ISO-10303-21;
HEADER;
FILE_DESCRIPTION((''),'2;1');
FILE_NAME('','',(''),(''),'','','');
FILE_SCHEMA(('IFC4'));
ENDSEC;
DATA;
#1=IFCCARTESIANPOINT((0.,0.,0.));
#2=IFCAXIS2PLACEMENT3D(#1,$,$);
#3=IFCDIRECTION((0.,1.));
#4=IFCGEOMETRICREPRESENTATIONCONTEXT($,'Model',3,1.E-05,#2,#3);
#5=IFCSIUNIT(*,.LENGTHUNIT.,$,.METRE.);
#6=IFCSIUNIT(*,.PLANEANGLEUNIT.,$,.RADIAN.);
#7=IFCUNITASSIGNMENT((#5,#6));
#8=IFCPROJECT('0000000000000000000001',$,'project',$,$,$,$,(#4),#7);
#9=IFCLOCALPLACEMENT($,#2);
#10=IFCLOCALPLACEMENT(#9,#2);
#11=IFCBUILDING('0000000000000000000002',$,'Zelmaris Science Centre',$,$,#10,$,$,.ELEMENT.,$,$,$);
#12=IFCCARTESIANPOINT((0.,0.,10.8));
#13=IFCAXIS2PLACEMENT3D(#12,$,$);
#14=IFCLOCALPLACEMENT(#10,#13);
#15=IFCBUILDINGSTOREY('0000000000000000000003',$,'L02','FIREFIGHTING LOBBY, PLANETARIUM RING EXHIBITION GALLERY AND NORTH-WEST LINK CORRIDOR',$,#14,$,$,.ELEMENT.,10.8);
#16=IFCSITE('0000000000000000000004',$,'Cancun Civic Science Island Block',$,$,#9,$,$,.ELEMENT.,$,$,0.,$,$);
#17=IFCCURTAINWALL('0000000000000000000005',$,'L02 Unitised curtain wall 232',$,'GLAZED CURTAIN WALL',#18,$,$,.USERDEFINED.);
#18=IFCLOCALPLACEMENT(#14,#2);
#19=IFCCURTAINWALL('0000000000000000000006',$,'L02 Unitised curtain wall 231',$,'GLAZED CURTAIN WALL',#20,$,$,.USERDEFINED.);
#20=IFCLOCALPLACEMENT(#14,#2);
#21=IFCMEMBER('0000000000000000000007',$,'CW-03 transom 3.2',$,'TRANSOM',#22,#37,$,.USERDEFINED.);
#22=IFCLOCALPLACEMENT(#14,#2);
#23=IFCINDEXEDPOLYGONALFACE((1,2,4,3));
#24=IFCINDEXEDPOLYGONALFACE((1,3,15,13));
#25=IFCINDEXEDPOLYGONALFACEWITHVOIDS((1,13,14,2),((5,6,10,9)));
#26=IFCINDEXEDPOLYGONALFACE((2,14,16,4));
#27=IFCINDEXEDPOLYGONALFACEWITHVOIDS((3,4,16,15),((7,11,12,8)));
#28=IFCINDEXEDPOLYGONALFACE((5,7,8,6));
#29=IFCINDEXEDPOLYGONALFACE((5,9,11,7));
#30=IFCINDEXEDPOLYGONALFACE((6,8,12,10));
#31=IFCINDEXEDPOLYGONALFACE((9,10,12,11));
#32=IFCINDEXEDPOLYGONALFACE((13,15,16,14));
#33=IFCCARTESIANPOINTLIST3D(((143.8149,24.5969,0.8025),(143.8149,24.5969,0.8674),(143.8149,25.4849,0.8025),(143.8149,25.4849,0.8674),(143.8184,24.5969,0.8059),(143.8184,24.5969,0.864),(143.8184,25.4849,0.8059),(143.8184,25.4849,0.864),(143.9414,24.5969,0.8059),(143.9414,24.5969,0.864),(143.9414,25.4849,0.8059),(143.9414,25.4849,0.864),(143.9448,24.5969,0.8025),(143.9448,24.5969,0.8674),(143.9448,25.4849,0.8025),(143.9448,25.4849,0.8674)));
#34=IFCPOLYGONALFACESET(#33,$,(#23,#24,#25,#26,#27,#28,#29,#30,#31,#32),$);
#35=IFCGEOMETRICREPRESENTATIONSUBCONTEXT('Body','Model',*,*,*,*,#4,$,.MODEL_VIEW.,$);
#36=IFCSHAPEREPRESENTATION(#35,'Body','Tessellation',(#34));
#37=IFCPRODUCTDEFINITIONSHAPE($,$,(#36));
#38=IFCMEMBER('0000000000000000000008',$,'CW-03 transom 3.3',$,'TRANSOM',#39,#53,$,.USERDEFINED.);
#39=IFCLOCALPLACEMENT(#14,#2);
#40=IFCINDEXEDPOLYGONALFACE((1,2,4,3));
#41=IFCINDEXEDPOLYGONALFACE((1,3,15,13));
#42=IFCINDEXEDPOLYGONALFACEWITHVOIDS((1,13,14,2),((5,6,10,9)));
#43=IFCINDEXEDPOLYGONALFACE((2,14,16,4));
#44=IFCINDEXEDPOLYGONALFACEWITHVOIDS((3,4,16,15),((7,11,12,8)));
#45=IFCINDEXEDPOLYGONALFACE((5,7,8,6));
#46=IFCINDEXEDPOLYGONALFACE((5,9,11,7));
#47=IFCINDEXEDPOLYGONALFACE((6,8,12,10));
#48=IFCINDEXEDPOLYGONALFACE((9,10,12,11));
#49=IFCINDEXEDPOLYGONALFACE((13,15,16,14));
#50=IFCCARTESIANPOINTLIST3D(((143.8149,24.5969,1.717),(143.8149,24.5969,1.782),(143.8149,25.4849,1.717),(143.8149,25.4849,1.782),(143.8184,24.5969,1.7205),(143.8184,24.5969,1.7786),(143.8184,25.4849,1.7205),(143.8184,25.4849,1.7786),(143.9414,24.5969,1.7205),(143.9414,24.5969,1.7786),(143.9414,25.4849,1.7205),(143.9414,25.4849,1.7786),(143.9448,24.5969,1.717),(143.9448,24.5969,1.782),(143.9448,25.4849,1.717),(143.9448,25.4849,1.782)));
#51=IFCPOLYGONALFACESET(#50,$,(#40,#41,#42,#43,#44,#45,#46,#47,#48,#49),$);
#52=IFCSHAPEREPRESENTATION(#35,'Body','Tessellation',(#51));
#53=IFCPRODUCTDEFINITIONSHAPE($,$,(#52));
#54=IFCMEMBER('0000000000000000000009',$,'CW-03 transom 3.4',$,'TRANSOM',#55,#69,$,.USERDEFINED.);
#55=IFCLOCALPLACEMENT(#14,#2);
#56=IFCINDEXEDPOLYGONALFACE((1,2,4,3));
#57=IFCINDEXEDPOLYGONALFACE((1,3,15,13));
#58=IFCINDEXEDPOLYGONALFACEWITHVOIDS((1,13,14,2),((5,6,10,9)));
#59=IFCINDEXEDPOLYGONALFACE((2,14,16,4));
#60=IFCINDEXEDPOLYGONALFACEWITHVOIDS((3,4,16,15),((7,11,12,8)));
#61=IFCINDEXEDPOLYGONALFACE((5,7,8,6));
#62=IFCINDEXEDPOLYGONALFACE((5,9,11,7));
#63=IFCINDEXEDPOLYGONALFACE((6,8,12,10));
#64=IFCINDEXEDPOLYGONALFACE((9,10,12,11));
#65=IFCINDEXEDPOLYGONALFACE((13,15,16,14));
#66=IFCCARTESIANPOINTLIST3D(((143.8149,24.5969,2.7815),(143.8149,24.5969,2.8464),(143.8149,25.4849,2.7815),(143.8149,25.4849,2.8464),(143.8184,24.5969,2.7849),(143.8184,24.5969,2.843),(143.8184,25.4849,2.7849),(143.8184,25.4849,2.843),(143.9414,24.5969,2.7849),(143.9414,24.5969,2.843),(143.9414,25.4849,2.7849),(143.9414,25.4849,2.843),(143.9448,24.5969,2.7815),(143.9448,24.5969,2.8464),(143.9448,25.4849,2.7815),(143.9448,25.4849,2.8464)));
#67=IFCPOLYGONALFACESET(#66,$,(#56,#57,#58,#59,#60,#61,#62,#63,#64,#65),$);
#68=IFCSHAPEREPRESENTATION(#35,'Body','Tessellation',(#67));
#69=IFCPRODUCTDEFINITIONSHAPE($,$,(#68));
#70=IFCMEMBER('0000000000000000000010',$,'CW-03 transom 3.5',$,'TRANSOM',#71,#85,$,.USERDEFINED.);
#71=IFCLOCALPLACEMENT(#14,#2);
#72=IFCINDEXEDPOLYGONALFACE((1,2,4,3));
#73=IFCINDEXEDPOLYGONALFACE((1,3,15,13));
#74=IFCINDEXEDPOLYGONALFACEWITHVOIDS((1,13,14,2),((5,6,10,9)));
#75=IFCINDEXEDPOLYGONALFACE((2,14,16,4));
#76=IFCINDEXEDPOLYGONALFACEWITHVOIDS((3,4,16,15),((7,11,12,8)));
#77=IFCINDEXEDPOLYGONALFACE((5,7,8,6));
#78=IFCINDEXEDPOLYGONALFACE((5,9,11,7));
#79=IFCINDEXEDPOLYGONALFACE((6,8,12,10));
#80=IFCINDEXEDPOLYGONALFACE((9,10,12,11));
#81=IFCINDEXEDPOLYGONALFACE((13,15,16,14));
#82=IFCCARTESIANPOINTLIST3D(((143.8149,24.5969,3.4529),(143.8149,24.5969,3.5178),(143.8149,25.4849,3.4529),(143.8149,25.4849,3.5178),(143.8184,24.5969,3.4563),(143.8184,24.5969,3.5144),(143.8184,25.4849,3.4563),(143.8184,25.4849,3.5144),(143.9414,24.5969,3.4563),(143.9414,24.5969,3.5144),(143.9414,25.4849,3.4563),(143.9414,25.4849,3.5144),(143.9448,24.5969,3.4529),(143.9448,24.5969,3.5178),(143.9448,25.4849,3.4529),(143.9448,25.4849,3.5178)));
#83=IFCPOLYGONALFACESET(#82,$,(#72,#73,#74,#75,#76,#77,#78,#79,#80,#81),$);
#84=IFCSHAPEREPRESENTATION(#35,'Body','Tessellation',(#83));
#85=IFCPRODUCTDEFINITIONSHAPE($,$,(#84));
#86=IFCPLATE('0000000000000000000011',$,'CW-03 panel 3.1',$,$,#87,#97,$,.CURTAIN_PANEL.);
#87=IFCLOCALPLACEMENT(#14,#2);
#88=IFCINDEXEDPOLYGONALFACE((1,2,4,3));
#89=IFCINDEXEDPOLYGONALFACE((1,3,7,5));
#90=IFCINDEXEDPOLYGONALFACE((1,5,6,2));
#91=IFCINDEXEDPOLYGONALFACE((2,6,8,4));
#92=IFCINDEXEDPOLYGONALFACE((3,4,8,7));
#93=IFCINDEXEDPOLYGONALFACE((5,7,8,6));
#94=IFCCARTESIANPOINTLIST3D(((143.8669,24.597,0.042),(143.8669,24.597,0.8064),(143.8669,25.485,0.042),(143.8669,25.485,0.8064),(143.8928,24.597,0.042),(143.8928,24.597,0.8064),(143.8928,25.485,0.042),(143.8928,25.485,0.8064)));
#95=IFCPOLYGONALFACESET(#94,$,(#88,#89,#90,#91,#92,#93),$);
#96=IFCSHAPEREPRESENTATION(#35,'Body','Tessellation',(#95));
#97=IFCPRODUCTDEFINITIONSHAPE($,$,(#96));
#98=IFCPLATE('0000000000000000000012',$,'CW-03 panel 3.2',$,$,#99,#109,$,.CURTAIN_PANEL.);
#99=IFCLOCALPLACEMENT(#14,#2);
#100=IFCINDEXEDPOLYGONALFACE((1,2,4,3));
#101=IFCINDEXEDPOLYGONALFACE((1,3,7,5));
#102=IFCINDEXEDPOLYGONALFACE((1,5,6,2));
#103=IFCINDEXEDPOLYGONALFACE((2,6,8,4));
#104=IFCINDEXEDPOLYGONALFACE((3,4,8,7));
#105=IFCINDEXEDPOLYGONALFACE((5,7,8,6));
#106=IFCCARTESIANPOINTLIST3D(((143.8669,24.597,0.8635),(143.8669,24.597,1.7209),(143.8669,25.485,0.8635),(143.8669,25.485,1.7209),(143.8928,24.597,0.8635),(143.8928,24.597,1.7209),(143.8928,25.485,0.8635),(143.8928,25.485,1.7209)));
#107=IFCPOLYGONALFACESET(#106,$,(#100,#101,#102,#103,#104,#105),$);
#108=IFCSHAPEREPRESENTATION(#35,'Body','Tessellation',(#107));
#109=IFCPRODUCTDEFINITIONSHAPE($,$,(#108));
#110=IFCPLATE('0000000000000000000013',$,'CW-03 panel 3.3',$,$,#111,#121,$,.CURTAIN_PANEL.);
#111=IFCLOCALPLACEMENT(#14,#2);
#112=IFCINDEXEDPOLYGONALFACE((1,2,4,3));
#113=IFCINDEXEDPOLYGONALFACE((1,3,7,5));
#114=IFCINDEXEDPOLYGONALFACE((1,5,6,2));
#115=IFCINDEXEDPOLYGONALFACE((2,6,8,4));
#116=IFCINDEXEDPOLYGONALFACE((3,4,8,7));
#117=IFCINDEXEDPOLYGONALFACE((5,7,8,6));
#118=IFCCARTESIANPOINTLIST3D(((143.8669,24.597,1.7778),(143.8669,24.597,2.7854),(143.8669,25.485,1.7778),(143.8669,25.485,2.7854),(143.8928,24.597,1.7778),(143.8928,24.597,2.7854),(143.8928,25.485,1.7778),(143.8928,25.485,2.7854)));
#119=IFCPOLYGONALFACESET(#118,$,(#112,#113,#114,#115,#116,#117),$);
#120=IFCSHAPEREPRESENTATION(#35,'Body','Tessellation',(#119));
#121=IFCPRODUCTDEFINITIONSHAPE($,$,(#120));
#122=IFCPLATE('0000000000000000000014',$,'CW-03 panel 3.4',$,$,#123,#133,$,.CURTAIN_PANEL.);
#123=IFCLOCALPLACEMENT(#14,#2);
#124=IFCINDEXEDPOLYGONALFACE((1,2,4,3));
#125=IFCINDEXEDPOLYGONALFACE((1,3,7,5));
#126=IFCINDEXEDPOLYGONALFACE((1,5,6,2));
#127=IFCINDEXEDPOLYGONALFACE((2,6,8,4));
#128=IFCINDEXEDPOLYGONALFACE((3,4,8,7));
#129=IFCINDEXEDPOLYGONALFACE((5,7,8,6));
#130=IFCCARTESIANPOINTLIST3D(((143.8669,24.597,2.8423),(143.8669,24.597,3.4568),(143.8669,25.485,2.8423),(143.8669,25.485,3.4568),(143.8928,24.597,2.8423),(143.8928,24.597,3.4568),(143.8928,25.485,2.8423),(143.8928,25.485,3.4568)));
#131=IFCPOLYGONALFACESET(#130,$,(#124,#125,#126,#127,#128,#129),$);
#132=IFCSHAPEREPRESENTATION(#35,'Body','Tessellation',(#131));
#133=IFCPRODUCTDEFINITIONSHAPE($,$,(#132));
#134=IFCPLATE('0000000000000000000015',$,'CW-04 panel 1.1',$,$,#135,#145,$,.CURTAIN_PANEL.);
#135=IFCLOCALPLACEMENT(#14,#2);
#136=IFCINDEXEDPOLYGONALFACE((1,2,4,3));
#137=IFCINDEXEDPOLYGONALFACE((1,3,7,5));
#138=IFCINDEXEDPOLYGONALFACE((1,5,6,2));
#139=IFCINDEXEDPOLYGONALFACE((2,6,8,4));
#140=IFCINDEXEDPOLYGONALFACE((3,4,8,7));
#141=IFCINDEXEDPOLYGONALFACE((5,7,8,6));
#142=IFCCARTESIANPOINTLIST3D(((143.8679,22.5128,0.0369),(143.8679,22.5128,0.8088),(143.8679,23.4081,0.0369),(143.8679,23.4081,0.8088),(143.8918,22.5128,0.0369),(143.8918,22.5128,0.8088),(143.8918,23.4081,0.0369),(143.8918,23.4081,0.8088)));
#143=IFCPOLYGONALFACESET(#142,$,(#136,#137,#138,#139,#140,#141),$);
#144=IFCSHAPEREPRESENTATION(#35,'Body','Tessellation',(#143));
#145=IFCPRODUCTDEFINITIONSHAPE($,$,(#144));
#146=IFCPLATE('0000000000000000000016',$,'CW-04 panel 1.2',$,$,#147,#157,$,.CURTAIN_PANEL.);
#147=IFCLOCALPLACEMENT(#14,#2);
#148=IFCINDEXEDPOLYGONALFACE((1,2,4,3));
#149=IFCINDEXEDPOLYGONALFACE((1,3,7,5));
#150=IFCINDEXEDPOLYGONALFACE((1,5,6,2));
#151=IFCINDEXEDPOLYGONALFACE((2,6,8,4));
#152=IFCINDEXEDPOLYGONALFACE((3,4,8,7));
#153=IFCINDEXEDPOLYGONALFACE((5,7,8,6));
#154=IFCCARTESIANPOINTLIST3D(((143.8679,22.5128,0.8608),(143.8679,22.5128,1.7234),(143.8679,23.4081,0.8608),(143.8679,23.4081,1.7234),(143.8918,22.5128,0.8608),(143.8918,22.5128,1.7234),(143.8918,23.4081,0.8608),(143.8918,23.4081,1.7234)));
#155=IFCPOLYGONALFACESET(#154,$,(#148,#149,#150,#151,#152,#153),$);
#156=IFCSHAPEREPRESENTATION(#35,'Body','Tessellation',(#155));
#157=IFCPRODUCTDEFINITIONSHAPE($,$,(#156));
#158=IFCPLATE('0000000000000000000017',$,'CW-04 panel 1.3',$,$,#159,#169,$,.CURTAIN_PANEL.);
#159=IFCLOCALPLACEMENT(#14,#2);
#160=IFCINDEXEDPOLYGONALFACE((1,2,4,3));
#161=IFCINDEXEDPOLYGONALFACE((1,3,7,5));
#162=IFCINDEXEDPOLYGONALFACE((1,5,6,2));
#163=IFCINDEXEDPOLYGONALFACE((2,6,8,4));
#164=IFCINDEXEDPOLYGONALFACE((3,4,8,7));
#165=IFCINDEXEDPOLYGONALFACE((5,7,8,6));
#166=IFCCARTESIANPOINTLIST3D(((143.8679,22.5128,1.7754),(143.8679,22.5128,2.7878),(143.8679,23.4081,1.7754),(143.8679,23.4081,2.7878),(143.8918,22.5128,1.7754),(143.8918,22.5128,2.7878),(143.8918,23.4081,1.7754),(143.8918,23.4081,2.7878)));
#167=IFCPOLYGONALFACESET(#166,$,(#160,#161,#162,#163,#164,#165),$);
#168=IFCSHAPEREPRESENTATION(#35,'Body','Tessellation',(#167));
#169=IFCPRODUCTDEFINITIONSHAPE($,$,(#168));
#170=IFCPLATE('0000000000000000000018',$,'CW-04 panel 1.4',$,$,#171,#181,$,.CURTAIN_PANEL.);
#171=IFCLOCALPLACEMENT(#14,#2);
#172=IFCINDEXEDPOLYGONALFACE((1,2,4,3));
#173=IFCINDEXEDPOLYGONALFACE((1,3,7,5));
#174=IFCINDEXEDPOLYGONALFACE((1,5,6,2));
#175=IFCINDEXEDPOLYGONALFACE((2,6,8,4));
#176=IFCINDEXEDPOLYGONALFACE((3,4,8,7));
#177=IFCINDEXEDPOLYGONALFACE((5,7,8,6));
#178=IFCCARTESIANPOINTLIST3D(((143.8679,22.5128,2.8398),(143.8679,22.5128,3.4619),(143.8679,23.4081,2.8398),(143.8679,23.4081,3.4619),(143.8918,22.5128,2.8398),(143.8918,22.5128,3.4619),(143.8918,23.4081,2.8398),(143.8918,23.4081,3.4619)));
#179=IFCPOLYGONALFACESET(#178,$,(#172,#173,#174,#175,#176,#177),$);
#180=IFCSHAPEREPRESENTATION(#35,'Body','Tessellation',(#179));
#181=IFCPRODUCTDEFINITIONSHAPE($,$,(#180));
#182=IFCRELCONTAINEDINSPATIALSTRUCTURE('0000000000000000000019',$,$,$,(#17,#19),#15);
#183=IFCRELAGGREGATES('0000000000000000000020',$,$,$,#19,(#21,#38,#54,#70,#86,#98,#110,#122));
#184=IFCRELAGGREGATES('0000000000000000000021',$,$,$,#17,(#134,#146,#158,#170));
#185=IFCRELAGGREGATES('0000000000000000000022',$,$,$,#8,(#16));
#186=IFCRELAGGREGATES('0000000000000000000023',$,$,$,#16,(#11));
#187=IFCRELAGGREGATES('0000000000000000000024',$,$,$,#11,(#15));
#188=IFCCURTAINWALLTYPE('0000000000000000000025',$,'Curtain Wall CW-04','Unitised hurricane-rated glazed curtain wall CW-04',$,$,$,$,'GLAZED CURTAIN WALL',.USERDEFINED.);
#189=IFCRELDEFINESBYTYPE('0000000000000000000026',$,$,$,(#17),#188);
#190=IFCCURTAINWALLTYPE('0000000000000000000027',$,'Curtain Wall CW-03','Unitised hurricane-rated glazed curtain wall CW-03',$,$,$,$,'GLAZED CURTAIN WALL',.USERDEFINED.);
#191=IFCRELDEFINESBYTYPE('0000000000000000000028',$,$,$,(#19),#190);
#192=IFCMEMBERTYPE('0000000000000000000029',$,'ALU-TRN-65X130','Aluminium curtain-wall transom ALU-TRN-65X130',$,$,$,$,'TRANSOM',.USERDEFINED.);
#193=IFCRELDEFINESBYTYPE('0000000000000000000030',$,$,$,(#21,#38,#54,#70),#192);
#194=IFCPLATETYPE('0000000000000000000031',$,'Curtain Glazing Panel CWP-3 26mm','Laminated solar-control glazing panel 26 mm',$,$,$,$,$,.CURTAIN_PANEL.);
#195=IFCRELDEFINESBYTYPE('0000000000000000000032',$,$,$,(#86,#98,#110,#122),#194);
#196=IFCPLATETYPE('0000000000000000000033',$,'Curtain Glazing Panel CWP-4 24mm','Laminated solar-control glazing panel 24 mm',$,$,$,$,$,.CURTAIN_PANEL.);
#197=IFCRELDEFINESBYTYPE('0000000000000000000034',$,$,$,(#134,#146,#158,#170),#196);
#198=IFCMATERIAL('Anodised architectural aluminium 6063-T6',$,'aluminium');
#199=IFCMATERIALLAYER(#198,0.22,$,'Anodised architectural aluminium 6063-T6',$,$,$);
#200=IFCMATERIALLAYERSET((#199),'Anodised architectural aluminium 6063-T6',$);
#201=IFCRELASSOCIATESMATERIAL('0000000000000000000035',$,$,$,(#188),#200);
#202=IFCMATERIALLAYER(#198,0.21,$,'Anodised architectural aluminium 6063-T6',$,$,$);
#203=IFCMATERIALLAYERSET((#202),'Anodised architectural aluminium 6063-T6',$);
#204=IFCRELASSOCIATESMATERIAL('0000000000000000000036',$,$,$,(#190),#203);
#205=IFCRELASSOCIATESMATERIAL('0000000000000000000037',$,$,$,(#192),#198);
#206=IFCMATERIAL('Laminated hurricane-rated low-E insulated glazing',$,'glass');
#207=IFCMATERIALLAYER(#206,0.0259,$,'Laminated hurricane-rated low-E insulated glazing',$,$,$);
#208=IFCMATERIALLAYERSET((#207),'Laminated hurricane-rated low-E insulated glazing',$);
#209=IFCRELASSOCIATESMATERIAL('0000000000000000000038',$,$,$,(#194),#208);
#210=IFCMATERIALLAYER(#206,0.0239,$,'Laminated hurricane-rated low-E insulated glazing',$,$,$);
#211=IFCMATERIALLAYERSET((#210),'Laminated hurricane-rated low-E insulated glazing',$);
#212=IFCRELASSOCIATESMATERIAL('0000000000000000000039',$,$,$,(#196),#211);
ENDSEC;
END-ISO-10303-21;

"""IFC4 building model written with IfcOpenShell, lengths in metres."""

from ifc_helpers import new_model, si_unit, direction, frame, origin, origin_2d, place, context, subcontext, project, spatial, rectangle, hollow_rectangle, extrude, material, layer, layer_set, material_profile, profile_set, type_object, element, aggregate, save


model = new_model("IFC4")

# Units and contexts
model_context = context("Model", 3, precision=1e-05, world=origin(), true_north=direction((0.0, 1.0)))
body_context = subcontext(model_context, "Body", "Model", "MODEL_VIEW")
ifc_project = project(units=[si_unit("LENGTHUNIT", "METRE"), si_unit("PLANEANGLEUNIT", "RADIAN")], contexts=[model_context])

# Site, building, storey
site_placement = place(None, origin())
site = spatial("IfcSite", under=ifc_project, at=site_placement, Name="Cancun Civic Science Island Block", CompositionType="ELEMENT", RefElevation=0.0)
building_placement = place(site_placement, origin())
building = spatial("IfcBuilding", under=site, at=building_placement, Name="Zelmaris Science Centre", CompositionType="ELEMENT")
storey_placement = place(building_placement, frame((0.0, 0.0, 10.8)))
storey = spatial("IfcBuildingStorey", under=building, at=storey_placement, Name="L02", Description="FIREFIGHTING LOBBY, PLANETARIUM RING EXHIBITION GALLERY AND NORTH-WEST LINK CORRIDOR", CompositionType="ELEMENT", Elevation=10.8)

# Curtain walls
ifc_material_1 = material(Name="Anodised architectural aluminium 6063-T6", Category="aluminium")
ifc_layer_1 = layer(ifc_material_1, 0.22, Name="Anodised architectural aluminium 6063-T6")
ifc_layer_set_1 = layer_set([ifc_layer_1], Name="Anodised architectural aluminium 6063-T6")
curtain_wall_type_1 = type_object("IfcCurtainWallType", Name="Curtain Wall CW-04", Description="Unitised hurricane-rated glazed curtain wall CW-04", ElementType="GLAZED CURTAIN WALL", PredefinedType="USERDEFINED", material=ifc_layer_set_1)
curtain_wall_1_placement = place(storey_placement, origin())
curtain_wall_1 = element("IfcCurtainWall", 1, at=curtain_wall_1_placement, inside=storey, type_object=curtain_wall_type_1, Name="L02 Unitised curtain wall 232", ObjectType="GLAZED CURTAIN WALL", PredefinedType="USERDEFINED")
ifc_layer_2 = layer(ifc_material_1, 0.21, Name="Anodised architectural aluminium 6063-T6")
ifc_layer_set_2 = layer_set([ifc_layer_2], Name="Anodised architectural aluminium 6063-T6")
curtain_wall_type_2 = type_object("IfcCurtainWallType", Name="Curtain Wall CW-03", Description="Unitised hurricane-rated glazed curtain wall CW-03", ElementType="GLAZED CURTAIN WALL", PredefinedType="USERDEFINED", material=ifc_layer_set_2)
curtain_wall_2_placement = place(storey_placement, origin())
curtain_wall_2 = element("IfcCurtainWall", 2, at=curtain_wall_2_placement, inside=storey, type_object=curtain_wall_type_2, Name="L02 Unitised curtain wall 231", ObjectType="GLAZED CURTAIN WALL", PredefinedType="USERDEFINED")

# Members
ifc_material_profile_1 = material_profile(ifc_material_1, hollow_rectangle(XDim=0.0649, YDim=0.1299, WallThickness=0.0034, at=origin_2d()), Name="ALU-TRN-65X130")
ifc_profile_set_1 = profile_set([ifc_material_profile_1], Name="Anodised architectural aluminium 6063-T6")
member_type_1 = type_object("IfcMemberType", Name="ALU-TRN-65X130", Description="Aluminium curtain-wall transom ALU-TRN-65X130", ElementType="TRANSOM", PredefinedType="USERDEFINED", material=ifc_profile_set_1)
member_1_placement = place(storey_placement, frame((143.8799, 25.4849, 0.835), z_axis=(0.0, -1.0, 0.0), x_axis=(0.0, 0.0, 1.0)))
member_1 = element("IfcMember", 3, at=member_1_placement, type_object=member_type_1, Name="CW-03 transom 3.2", ObjectType="TRANSOM", PredefinedType="USERDEFINED", context=body_context, shape_type="SweptSolid", body=[
    extrude(hollow_rectangle(XDim=0.0649, YDim=0.1299, WallThickness=0.0034, at=origin_2d()), origin(), (0.0, 0.0, 1.0), 0.8879),
])
member_2_placement = place(storey_placement, frame((143.8799, 25.4849, 1.7495), z_axis=(0.0, -1.0, 0.0), x_axis=(0.0, 0.0, 1.0)))
member_2 = element("IfcMember", 4, at=member_2_placement, type_object=member_type_1, Name="CW-03 transom 3.3", ObjectType="TRANSOM", PredefinedType="USERDEFINED", context=body_context, shape_type="SweptSolid", body=[
    extrude(hollow_rectangle(XDim=0.0649, YDim=0.1299, WallThickness=0.0034, at=origin_2d()), origin(), (0.0, 0.0, 1.0), 0.8879),
])
member_3_placement = place(storey_placement, frame((143.8799, 25.4849, 2.814), z_axis=(0.0, -1.0, 0.0), x_axis=(0.0, 0.0, 1.0)))
member_3 = element("IfcMember", 5, at=member_3_placement, type_object=member_type_1, Name="CW-03 transom 3.4", ObjectType="TRANSOM", PredefinedType="USERDEFINED", context=body_context, shape_type="SweptSolid", body=[
    extrude(hollow_rectangle(XDim=0.0649, YDim=0.1299, WallThickness=0.0034, at=origin_2d()), origin(), (0.0, 0.0, 1.0), 0.8879),
])
member_4_placement = place(storey_placement, frame((143.8799, 25.4849, 3.4854), z_axis=(0.0, -1.0, 0.0), x_axis=(0.0, 0.0, 1.0)))
member_4 = element("IfcMember", 6, at=member_4_placement, type_object=member_type_1, Name="CW-03 transom 3.5", ObjectType="TRANSOM", PredefinedType="USERDEFINED", context=body_context, shape_type="SweptSolid", body=[
    extrude(hollow_rectangle(XDim=0.0649, YDim=0.1299, WallThickness=0.0034, at=origin_2d()), origin(), (0.0, 0.0, 1.0), 0.8879),
])

# Plates
ifc_material_2 = material(Name="Laminated hurricane-rated low-E insulated glazing", Category="glass")
ifc_layer_3 = layer(ifc_material_2, 0.0259, Name="Laminated hurricane-rated low-E insulated glazing")
ifc_layer_set_3 = layer_set([ifc_layer_3], Name="Laminated hurricane-rated low-E insulated glazing")
plate_type_1 = type_object("IfcPlateType", Name="Curtain Glazing Panel CWP-3 26mm", Description="Laminated solar-control glazing panel 26 mm", PredefinedType="CURTAIN_PANEL", material=ifc_layer_set_3)
plate_1_placement = place(storey_placement, frame((143.8799, 25.041, 0.042), z_axis=(0.0, 0.0, 1.0), x_axis=(0.0, -1.0, 0.0)))
plate_1 = element("IfcPlate", 7, at=plate_1_placement, type_object=plate_type_1, Name="CW-03 panel 3.1", PredefinedType="CURTAIN_PANEL", context=body_context, shape_type="SweptSolid", body=[
    extrude(rectangle(XDim=0.8879, YDim=0.0259, at=origin_2d()), origin(), (0.0, 0.0, 1.0), 0.7644),
])
plate_2_placement = place(storey_placement, frame((143.8799, 25.041, 0.8635), z_axis=(0.0, 0.0, 1.0), x_axis=(0.0, -1.0, 0.0)))
plate_2 = element("IfcPlate", 8, at=plate_2_placement, type_object=plate_type_1, Name="CW-03 panel 3.2", PredefinedType="CURTAIN_PANEL", context=body_context, shape_type="SweptSolid", body=[
    extrude(rectangle(XDim=0.8879, YDim=0.0259, at=origin_2d()), origin(), (0.0, 0.0, 1.0), 0.8574),
])
plate_3_placement = place(storey_placement, frame((143.8799, 25.041, 1.7778), z_axis=(0.0, 0.0, 1.0), x_axis=(0.0, -1.0, 0.0)))
plate_3 = element("IfcPlate", 9, at=plate_3_placement, type_object=plate_type_1, Name="CW-03 panel 3.3", PredefinedType="CURTAIN_PANEL", context=body_context, shape_type="SweptSolid", body=[
    extrude(rectangle(XDim=0.8879, YDim=0.0259, at=origin_2d()), origin(), (0.0, 0.0, 1.0), 1.0076),
])
plate_4_placement = place(storey_placement, frame((143.8799, 25.041, 2.8423), z_axis=(0.0, 0.0, 1.0), x_axis=(0.0, -1.0, 0.0)))
plate_4 = element("IfcPlate", 10, at=plate_4_placement, type_object=plate_type_1, Name="CW-03 panel 3.4", PredefinedType="CURTAIN_PANEL", context=body_context, shape_type="SweptSolid", body=[
    extrude(rectangle(XDim=0.8879, YDim=0.0259, at=origin_2d()), origin(), (0.0, 0.0, 1.0), 0.6145),
])
aggregate(curtain_wall_2, [member_1, member_2, member_3, member_4, plate_1, plate_2, plate_3, plate_4])
ifc_layer_4 = layer(ifc_material_2, 0.0239, Name="Laminated hurricane-rated low-E insulated glazing")
ifc_layer_set_4 = layer_set([ifc_layer_4], Name="Laminated hurricane-rated low-E insulated glazing")
plate_type_2 = type_object("IfcPlateType", Name="Curtain Glazing Panel CWP-4 24mm", Description="Laminated solar-control glazing panel 24 mm", PredefinedType="CURTAIN_PANEL", material=ifc_layer_set_4)
plate_5_placement = place(storey_placement, frame((143.8799, 22.9604, 0.0369), z_axis=(0.0, 0.0, 1.0), x_axis=(0.0, -1.0, 0.0)))
plate_5 = element("IfcPlate", 11, at=plate_5_placement, type_object=plate_type_2, Name="CW-04 panel 1.1", PredefinedType="CURTAIN_PANEL", context=body_context, shape_type="SweptSolid", body=[
    extrude(rectangle(XDim=0.8953, YDim=0.0239, at=origin_2d()), origin(), (0.0, 0.0, 1.0), 0.772),
])
plate_6_placement = place(storey_placement, frame((143.8799, 22.9604, 0.8608), z_axis=(0.0, 0.0, 1.0), x_axis=(0.0, -1.0, 0.0)))
plate_6 = element("IfcPlate", 12, at=plate_6_placement, type_object=plate_type_2, Name="CW-04 panel 1.2", PredefinedType="CURTAIN_PANEL", context=body_context, shape_type="SweptSolid", body=[
    extrude(rectangle(XDim=0.8953, YDim=0.0239, at=origin_2d()), origin(), (0.0, 0.0, 1.0), 0.8625),
])
plate_7_placement = place(storey_placement, frame((143.8799, 22.9604, 1.7754), z_axis=(0.0, 0.0, 1.0), x_axis=(0.0, -1.0, 0.0)))
plate_7 = element("IfcPlate", 13, at=plate_7_placement, type_object=plate_type_2, Name="CW-04 panel 1.3", PredefinedType="CURTAIN_PANEL", context=body_context, shape_type="SweptSolid", body=[
    extrude(rectangle(XDim=0.8953, YDim=0.0239, at=origin_2d()), origin(), (0.0, 0.0, 1.0), 1.0125),
])
plate_8_placement = place(storey_placement, frame((143.8799, 22.9604, 2.8398), z_axis=(0.0, 0.0, 1.0), x_axis=(0.0, -1.0, 0.0)))
plate_8 = element("IfcPlate", 14, at=plate_8_placement, type_object=plate_type_2, Name="CW-04 panel 1.4", PredefinedType="CURTAIN_PANEL", context=body_context, shape_type="SweptSolid", body=[
    extrude(rectangle(XDim=0.8953, YDim=0.0239, at=origin_2d()), origin(), (0.0, 0.0, 1.0), 0.6221),
])
aggregate(curtain_wall_1, [plate_5, plate_6, plate_7, plate_8])

save(model, "model.ifc")
